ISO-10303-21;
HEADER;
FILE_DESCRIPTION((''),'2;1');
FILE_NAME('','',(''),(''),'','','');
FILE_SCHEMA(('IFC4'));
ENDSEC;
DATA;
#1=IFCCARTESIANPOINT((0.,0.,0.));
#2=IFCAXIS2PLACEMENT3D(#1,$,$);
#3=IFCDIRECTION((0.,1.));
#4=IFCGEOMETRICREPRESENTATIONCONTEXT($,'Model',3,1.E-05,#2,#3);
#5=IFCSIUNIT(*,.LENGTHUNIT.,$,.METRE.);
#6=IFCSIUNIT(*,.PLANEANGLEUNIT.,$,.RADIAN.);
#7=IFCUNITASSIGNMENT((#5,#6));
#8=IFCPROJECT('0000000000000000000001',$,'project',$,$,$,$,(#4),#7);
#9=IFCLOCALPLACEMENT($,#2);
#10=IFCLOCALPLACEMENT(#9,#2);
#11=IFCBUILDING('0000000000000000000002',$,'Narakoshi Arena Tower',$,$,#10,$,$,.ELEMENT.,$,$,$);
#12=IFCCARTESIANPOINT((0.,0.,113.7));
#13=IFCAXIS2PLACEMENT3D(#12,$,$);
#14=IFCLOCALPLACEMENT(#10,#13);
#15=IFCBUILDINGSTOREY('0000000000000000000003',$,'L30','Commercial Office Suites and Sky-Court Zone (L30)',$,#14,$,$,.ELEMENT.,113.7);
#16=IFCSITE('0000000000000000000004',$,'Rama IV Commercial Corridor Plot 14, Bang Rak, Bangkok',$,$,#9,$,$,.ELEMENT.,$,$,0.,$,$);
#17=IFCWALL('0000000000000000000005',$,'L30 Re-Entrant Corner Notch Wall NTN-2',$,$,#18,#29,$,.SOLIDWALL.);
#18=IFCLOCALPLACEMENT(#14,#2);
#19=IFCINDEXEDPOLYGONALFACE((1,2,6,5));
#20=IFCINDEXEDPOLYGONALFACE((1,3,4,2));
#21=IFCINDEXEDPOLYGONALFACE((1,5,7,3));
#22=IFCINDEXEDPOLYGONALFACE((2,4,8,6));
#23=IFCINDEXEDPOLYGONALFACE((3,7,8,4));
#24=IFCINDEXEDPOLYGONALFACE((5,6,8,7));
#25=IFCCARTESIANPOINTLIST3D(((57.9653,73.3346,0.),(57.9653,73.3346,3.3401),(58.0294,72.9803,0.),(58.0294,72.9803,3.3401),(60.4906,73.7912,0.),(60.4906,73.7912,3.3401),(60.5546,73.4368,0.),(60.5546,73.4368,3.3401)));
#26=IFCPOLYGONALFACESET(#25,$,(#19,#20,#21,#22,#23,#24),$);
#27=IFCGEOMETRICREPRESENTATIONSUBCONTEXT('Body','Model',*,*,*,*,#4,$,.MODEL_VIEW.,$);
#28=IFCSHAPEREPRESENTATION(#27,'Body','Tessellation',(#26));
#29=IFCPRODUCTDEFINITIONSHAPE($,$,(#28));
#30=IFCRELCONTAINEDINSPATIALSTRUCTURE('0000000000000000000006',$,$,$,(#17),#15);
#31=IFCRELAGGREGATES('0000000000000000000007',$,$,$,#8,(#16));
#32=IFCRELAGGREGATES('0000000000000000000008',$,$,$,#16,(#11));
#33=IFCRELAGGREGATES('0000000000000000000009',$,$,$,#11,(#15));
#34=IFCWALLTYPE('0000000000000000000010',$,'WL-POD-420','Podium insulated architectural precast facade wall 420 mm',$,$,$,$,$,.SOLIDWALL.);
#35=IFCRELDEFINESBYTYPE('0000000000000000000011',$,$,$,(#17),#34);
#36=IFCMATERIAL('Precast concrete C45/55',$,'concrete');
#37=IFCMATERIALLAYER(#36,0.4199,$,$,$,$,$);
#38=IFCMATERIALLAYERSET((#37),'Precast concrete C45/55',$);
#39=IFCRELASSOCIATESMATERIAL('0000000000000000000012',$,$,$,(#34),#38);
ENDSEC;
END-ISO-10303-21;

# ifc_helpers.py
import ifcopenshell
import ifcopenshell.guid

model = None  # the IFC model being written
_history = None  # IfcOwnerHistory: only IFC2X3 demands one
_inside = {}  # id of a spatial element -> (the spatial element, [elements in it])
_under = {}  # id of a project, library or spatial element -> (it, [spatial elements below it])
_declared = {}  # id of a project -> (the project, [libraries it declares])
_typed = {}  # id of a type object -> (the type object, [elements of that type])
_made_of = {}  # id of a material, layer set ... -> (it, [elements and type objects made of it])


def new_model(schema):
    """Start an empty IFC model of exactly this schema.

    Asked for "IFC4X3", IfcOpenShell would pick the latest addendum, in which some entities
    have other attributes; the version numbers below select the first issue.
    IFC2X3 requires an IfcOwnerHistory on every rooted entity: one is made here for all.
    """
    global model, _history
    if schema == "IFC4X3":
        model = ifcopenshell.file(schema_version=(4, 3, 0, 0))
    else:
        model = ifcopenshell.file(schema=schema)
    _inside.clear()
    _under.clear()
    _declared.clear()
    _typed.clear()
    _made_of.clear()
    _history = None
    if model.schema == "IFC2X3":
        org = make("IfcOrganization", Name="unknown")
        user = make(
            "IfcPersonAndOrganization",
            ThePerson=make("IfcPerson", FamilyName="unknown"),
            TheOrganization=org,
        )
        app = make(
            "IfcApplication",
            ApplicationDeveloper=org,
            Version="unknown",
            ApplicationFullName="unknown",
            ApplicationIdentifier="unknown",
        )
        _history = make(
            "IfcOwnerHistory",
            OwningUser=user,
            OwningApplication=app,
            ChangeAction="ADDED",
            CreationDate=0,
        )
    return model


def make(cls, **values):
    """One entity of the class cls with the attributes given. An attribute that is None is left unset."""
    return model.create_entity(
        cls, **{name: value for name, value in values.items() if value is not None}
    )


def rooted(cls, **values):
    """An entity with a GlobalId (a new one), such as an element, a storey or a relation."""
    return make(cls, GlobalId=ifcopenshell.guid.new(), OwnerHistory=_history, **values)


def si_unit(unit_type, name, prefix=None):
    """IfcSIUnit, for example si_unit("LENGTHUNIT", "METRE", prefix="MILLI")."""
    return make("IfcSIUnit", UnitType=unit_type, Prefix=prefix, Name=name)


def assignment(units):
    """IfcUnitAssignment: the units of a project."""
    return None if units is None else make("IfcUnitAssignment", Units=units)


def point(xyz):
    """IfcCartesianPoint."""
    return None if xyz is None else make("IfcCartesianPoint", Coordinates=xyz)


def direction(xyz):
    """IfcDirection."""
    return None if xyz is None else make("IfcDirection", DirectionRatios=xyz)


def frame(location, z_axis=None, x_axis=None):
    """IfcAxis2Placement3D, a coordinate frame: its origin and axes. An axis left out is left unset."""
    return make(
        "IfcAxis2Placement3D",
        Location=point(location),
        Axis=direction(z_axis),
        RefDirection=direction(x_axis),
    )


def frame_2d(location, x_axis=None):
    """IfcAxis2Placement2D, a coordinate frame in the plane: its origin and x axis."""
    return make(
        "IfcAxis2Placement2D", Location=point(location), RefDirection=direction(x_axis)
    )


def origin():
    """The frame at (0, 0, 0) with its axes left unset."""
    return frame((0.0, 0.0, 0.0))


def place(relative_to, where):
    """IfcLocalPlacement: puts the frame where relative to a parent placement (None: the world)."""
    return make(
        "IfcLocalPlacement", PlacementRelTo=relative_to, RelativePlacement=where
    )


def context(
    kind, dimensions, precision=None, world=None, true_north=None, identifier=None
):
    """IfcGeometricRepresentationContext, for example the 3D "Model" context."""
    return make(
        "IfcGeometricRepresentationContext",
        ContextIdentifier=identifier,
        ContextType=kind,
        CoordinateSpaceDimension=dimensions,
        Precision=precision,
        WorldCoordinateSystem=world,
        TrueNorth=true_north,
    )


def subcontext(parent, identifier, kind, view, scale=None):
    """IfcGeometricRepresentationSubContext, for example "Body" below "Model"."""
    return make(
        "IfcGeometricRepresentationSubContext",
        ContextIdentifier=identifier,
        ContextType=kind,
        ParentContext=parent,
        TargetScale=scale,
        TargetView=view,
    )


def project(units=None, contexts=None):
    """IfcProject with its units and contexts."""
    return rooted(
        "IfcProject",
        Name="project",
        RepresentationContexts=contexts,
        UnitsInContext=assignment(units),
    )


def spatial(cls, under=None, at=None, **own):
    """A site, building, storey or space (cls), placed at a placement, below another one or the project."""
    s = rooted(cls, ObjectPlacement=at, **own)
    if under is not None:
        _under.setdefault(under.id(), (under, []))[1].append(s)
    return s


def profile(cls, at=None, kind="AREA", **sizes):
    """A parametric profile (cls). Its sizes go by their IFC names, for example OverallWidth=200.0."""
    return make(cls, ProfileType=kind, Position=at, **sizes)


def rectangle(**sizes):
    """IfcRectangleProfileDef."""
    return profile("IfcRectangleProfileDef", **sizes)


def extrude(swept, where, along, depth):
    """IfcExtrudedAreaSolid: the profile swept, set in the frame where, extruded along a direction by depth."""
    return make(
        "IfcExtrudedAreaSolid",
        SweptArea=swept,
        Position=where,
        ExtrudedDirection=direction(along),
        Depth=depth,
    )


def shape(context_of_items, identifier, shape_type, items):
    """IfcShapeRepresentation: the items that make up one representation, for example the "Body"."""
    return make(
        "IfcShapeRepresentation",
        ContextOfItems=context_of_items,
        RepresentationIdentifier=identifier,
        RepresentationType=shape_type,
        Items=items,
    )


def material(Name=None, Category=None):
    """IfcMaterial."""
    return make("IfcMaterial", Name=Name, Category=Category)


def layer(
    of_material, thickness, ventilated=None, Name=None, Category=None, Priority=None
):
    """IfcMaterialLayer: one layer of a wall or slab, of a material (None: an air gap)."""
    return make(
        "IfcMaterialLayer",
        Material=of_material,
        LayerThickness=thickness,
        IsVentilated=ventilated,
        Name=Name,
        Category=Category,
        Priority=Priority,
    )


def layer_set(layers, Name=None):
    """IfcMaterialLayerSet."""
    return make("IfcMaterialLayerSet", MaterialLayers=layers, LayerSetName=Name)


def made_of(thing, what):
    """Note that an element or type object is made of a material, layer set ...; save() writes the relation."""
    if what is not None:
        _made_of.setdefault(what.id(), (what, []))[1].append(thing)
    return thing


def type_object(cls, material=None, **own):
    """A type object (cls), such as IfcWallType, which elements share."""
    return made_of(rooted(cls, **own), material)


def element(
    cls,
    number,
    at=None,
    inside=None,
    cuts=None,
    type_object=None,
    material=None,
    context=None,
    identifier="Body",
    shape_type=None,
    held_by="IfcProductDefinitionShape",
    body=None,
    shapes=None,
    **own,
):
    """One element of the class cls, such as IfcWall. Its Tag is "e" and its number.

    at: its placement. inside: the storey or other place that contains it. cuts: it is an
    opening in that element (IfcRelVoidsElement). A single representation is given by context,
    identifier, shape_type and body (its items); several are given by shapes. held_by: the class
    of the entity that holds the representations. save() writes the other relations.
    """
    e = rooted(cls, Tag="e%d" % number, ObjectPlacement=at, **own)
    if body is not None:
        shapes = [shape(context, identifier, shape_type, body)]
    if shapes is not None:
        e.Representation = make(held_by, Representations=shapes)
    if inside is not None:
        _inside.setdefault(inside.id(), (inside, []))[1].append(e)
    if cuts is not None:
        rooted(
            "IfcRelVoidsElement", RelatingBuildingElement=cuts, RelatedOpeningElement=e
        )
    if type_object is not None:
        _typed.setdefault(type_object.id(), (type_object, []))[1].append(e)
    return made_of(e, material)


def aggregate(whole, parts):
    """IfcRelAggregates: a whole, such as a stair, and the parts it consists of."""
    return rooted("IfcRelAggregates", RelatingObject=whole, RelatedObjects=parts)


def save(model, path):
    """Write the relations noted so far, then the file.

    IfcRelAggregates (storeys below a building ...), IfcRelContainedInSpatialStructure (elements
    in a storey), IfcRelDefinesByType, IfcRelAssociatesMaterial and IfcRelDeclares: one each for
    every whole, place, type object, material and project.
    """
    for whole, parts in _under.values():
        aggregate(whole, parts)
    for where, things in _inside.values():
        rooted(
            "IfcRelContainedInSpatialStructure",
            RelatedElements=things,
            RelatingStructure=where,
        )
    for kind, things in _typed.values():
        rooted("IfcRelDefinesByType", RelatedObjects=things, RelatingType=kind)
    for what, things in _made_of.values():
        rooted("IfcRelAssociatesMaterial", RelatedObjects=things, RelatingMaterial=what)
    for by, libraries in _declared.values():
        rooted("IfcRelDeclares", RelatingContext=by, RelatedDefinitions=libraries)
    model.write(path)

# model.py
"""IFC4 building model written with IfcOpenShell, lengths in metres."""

from ifc_helpers import new_model, si_unit, direction, frame, frame_2d, origin, place, context, subcontext, project, spatial, rectangle, extrude, material, layer, layer_set, type_object, element, save


model = new_model("IFC4")

# Units and contexts
model_context = context("Model", 3, precision=1e-05, world=origin(), true_north=direction((0.0, 1.0)))
body_context = subcontext(model_context, "Body", "Model", "MODEL_VIEW")
ifc_project = project(units=[si_unit("LENGTHUNIT", "METRE"), si_unit("PLANEANGLEUNIT", "RADIAN")], contexts=[model_context])

# Site, building, storey
site_placement = place(None, origin())
site = spatial("IfcSite", under=ifc_project, at=site_placement, Name="Rama IV Commercial Corridor Plot 14, Bang Rak, Bangkok", CompositionType="ELEMENT", RefElevation=0.0)
building_placement = place(site_placement, origin())
building = spatial("IfcBuilding", under=site, at=building_placement, Name="Narakoshi Arena Tower", CompositionType="ELEMENT")
storey_placement = place(building_placement, frame((0.0, 0.0, 113.7)))
storey = spatial("IfcBuildingStorey", under=building, at=storey_placement, Name="L30", Description="Commercial Office Suites and Sky-Court Zone (L30)", CompositionType="ELEMENT", Elevation=113.7)

# Shared definitions
ifc_material_1 = material(Name="Precast concrete C45/55", Category="concrete")

# Shared definitions
ifc_layer_1 = layer(ifc_material_1, 0.4199)
ifc_layer_set_1 = layer_set([ifc_layer_1], Name="Precast concrete C45/55")
wall_type_1 = type_object("IfcWallType", Name="WL-POD-420", Description="Podium insulated architectural precast facade wall 420 mm", PredefinedType="SOLIDWALL", material=ifc_layer_set_1)

# Wall
wall_1_placement = place(storey_placement, frame((60.5227, 73.614, 0.0), z_axis=(0.0, 0.0, 1.0), x_axis=(-0.984046, -0.177914, 0.0)))
element("IfcWall", 1, at=wall_1_placement, inside=storey, type_object=wall_type_1, Name="L30 Re-Entrant Corner Notch Wall NTN-2", PredefinedType="SOLIDWALL", context=body_context, shape_type="SweptSolid", body=[
    extrude(rectangle(XDim=2.5662, YDim=0.3601, at=frame_2d((1.2832, 0.0))), origin(), (0.0, 0.0, 1.0), 3.3401),
])

save(model, "model.ifc")
